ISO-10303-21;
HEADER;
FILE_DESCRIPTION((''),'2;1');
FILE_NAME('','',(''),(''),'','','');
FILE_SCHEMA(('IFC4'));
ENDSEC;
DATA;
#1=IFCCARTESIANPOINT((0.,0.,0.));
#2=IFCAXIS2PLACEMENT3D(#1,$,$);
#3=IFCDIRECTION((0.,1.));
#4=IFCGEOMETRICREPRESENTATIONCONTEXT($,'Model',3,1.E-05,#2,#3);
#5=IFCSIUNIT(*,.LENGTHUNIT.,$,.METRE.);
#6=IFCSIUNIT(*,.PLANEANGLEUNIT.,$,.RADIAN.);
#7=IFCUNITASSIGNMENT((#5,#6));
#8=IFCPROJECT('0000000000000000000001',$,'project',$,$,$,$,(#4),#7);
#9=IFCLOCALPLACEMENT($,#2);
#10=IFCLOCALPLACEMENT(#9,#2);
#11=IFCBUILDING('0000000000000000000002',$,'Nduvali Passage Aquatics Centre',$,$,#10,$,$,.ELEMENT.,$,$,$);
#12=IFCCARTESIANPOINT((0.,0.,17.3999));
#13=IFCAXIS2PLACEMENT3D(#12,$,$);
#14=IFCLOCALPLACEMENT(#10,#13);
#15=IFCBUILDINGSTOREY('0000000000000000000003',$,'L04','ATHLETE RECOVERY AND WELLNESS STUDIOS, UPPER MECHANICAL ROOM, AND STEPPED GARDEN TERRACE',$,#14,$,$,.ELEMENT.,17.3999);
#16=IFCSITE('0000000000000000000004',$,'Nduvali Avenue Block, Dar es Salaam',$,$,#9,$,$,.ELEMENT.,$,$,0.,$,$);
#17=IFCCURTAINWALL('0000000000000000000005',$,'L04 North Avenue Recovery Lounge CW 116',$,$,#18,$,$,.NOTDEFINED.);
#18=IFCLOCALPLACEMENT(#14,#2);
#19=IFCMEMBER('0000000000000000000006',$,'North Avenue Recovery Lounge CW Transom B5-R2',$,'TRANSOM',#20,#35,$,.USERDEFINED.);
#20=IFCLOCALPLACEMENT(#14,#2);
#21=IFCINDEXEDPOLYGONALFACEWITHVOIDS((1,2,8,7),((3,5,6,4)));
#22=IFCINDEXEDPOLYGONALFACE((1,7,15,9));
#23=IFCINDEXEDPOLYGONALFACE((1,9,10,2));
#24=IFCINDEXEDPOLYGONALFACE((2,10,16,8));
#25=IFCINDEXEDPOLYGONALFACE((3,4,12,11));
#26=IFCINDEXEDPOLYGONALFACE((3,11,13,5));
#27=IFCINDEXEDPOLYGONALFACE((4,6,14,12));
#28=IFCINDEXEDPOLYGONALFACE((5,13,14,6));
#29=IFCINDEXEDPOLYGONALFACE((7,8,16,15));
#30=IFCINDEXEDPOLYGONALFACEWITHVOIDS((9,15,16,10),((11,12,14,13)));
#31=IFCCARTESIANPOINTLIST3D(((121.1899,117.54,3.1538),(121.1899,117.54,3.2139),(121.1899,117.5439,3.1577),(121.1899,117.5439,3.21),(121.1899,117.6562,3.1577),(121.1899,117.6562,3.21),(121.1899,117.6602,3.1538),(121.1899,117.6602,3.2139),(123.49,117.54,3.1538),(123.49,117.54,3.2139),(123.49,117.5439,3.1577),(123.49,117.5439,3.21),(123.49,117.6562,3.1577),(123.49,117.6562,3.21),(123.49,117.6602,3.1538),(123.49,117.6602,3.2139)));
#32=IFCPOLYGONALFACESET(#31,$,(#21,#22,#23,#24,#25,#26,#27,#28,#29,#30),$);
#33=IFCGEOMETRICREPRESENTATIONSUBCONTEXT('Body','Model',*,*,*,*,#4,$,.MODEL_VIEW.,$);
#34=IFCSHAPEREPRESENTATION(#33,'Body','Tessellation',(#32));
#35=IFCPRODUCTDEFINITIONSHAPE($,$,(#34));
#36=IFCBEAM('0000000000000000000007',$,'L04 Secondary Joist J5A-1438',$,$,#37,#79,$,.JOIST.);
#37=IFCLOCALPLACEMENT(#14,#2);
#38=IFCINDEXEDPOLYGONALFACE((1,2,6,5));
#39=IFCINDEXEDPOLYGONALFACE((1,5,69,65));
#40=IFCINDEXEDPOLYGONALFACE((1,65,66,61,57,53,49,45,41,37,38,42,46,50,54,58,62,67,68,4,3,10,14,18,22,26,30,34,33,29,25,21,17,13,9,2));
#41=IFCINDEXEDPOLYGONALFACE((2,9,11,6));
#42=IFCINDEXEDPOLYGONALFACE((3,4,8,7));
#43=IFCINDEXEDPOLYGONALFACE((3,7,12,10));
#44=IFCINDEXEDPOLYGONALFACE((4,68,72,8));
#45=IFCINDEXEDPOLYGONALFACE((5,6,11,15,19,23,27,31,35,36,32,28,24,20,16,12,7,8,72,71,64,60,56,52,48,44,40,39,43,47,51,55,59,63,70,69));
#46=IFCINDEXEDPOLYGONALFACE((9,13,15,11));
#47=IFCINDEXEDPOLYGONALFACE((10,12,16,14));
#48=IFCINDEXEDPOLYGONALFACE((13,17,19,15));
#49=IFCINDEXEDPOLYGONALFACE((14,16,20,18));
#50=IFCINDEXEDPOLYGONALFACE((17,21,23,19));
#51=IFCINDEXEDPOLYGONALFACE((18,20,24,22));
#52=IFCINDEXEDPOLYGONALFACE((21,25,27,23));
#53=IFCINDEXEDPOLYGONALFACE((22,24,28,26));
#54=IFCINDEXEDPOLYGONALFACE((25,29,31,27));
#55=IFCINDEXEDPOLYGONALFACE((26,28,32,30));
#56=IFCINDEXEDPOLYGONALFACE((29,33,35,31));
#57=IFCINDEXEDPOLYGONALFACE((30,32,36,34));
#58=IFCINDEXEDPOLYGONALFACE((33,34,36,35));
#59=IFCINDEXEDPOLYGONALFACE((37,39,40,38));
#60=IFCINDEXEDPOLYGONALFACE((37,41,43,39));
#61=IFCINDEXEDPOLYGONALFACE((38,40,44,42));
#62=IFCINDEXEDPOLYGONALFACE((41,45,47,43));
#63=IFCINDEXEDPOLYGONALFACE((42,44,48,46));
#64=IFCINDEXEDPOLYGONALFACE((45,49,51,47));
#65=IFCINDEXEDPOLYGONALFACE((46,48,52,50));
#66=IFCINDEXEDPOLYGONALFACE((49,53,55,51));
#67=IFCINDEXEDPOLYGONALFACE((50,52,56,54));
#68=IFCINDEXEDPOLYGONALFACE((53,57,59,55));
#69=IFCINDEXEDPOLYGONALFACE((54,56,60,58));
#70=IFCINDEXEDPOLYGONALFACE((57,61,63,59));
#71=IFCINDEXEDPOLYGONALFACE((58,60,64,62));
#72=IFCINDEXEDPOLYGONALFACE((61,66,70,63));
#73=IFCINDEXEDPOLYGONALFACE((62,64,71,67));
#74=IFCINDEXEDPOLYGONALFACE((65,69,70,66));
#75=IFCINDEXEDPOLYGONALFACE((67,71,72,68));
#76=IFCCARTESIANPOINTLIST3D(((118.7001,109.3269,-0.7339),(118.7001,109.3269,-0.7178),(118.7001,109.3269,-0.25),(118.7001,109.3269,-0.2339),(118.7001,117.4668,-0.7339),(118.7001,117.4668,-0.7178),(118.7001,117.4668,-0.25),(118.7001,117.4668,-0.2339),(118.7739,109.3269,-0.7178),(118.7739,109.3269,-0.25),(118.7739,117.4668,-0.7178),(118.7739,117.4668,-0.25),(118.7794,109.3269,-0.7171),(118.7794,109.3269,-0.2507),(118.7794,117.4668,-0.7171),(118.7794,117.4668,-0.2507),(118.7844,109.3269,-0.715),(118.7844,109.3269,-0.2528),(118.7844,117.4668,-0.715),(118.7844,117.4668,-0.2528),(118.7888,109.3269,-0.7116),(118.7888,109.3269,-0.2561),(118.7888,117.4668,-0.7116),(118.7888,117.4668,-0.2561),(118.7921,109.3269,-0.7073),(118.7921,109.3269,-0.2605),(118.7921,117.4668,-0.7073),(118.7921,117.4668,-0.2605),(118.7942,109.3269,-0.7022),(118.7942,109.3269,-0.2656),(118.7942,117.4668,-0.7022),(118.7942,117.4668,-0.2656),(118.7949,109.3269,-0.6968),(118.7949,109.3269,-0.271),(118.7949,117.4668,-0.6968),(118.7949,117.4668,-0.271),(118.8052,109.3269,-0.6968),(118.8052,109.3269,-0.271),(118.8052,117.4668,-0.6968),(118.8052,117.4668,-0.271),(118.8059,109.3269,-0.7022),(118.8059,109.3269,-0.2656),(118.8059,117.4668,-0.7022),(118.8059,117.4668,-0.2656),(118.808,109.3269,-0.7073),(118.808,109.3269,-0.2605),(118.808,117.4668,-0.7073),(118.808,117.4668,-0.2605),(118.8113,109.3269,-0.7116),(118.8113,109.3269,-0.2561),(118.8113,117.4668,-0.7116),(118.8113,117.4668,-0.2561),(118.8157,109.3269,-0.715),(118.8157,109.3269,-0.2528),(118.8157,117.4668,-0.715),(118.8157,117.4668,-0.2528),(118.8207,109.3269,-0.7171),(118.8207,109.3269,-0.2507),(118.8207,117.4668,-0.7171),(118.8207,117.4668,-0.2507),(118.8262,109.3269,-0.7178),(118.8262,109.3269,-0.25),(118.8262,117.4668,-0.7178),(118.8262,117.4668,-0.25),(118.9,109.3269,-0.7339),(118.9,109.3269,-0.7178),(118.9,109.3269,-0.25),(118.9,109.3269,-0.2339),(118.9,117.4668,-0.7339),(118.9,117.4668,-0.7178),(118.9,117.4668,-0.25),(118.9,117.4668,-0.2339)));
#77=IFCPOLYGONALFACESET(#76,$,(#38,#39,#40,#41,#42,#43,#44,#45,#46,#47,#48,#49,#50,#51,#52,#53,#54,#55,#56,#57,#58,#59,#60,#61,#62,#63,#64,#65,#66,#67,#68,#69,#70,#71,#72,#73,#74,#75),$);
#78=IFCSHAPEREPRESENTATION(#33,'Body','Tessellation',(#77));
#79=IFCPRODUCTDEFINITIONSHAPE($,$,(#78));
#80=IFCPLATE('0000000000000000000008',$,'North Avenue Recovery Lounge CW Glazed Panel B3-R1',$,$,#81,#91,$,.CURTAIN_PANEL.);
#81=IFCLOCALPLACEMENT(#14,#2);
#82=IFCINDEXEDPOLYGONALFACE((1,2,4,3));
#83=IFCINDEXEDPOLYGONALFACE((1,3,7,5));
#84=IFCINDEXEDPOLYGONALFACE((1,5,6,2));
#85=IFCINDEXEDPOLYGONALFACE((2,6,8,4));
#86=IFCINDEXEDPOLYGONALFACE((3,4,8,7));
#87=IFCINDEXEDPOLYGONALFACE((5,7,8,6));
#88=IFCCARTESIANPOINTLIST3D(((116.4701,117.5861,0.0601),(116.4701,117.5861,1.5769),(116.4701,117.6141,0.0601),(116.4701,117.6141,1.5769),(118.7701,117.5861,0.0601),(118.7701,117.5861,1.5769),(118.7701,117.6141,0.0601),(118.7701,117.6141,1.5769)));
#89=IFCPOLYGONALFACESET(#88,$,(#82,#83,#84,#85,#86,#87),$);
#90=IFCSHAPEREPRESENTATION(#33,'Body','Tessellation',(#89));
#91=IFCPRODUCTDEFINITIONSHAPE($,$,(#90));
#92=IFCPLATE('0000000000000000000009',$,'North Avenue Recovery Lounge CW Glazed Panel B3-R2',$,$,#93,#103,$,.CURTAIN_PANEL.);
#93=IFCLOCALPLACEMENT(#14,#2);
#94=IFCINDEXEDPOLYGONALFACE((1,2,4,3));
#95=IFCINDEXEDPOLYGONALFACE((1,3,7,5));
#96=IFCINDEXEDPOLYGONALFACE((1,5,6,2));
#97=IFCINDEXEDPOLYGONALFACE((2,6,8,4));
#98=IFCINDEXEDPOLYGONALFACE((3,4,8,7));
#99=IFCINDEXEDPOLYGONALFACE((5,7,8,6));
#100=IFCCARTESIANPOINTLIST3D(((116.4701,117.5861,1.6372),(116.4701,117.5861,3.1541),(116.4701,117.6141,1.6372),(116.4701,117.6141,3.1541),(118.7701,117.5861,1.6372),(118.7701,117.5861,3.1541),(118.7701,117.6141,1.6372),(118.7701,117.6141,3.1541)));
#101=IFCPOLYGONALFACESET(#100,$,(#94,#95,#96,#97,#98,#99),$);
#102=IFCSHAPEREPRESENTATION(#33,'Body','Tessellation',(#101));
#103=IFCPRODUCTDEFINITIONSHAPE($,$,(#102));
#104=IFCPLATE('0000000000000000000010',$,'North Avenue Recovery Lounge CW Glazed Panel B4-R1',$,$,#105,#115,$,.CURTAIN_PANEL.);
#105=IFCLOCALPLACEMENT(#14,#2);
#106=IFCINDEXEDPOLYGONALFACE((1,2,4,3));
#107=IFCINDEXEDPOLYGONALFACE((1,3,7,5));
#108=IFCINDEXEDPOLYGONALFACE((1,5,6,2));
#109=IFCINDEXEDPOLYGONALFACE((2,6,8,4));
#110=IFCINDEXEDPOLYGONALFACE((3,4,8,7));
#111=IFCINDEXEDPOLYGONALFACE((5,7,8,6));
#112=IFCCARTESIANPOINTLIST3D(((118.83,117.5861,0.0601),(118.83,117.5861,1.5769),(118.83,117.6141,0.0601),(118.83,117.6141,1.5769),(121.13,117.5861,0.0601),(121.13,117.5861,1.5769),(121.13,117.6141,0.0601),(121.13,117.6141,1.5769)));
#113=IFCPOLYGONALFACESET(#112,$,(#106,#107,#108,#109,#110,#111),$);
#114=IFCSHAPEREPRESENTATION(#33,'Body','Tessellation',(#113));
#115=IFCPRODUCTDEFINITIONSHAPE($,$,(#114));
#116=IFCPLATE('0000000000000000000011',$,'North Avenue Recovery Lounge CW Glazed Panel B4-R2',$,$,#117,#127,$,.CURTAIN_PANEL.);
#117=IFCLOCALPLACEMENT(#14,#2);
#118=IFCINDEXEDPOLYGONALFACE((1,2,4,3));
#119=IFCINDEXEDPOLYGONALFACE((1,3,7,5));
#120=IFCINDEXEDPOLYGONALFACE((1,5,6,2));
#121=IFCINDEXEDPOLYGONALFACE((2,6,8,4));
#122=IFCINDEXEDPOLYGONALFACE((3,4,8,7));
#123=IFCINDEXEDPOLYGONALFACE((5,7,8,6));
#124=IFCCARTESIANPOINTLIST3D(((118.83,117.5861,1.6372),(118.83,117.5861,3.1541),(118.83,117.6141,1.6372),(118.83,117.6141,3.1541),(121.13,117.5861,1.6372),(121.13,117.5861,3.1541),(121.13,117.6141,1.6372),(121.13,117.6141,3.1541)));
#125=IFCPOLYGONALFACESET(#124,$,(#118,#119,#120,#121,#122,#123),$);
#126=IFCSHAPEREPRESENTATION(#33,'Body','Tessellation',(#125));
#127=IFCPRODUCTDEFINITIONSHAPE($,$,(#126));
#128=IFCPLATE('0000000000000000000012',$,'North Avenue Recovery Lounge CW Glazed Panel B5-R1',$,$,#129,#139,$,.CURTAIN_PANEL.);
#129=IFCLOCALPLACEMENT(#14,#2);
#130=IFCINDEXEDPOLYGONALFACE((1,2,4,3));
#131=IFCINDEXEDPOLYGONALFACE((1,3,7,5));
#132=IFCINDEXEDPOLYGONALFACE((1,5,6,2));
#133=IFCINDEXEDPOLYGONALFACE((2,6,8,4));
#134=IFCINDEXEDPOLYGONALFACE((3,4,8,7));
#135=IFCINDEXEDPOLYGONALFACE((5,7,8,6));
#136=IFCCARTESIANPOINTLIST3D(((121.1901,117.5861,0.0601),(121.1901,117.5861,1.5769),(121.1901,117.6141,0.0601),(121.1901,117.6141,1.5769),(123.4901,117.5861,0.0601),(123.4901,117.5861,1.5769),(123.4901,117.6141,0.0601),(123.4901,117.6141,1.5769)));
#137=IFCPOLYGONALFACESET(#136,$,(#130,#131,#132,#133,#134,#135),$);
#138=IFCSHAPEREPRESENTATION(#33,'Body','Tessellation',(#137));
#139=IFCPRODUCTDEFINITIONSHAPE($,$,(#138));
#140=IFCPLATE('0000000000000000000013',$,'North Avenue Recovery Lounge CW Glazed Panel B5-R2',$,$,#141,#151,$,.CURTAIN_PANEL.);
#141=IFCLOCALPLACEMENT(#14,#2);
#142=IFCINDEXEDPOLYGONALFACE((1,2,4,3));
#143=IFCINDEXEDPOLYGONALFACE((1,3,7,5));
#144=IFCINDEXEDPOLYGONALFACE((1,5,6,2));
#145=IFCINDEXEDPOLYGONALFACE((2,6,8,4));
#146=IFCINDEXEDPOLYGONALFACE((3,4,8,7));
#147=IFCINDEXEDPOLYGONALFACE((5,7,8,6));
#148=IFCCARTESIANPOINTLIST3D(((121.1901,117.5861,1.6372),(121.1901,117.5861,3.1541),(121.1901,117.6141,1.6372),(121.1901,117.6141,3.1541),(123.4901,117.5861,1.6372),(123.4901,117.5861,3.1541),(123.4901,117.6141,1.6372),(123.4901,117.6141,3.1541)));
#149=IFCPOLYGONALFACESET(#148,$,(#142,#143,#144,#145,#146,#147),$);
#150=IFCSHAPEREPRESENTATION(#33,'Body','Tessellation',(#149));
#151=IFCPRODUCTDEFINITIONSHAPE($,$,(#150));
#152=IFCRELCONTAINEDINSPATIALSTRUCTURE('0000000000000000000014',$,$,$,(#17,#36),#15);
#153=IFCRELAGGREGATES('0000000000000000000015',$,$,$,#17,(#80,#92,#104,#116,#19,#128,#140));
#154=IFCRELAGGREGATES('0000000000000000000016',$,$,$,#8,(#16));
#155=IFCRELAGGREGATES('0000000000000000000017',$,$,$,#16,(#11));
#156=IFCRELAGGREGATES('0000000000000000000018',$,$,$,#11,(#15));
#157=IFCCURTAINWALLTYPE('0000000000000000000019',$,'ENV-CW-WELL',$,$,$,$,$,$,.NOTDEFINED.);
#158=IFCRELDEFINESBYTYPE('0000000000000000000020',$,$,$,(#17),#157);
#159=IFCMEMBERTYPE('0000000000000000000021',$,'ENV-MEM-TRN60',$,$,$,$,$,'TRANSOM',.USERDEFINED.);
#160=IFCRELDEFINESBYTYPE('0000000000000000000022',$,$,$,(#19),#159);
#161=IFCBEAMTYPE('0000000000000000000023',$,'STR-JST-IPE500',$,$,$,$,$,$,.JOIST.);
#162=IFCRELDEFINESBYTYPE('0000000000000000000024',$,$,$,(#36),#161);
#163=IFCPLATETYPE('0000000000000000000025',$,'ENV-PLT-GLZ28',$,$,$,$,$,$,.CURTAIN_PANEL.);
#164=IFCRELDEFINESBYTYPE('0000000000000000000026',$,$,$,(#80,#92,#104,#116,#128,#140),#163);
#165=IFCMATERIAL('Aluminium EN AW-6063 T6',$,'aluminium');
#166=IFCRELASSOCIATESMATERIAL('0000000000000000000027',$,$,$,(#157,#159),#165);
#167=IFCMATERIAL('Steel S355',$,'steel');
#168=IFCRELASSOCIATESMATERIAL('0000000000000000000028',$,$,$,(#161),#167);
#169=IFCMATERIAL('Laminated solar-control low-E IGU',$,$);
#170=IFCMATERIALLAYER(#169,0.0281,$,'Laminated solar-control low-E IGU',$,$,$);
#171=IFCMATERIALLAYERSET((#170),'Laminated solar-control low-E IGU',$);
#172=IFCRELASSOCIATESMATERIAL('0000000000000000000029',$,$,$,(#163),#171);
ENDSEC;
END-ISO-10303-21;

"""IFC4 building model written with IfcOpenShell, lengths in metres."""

from ifc_helpers import new_model, si_unit, direction, frame, origin, origin_2d, place, context, subcontext, project, spatial, rectangle, hollow_rectangle, i_section, extrude, material, layer, layer_set, material_profile, profile_set, type_object, element, aggregate, save


model = new_model("IFC4")

# Units and contexts
model_context = context("Model", 3, precision=1e-05, world=origin(), true_north=direction((0.0, 1.0)))
body_context = subcontext(model_context, "Body", "Model", "MODEL_VIEW")
ifc_project = project(units=[si_unit("LENGTHUNIT", "METRE"), si_unit("PLANEANGLEUNIT", "RADIAN")], contexts=[model_context])

# Site, building, storey
site_placement = place(None, origin())
site = spatial("IfcSite", under=ifc_project, at=site_placement, Name="Nduvali Avenue Block, Dar es Salaam", CompositionType="ELEMENT", RefElevation=0.0)
building_placement = place(site_placement, origin())
building = spatial("IfcBuilding", under=site, at=building_placement, Name="Nduvali Passage Aquatics Centre", CompositionType="ELEMENT")
storey_placement = place(building_placement, frame((0.0, 0.0, 17.3999)))
storey = spatial("IfcBuildingStorey", under=building, at=storey_placement, Name="L04", Description="ATHLETE RECOVERY AND WELLNESS STUDIOS, UPPER MECHANICAL ROOM, AND STEPPED GARDEN TERRACE", CompositionType="ELEMENT", Elevation=17.3999)

# Curtain wall, member
ifc_material_1 = material(Name="Aluminium EN AW-6063 T6", Category="aluminium")
curtain_wall_type = type_object("IfcCurtainWallType", Name="ENV-CW-WELL", PredefinedType="NOTDEFINED", material=ifc_material_1)
curtain_wall_placement = place(storey_placement, origin())
curtain_wall = element("IfcCurtainWall", 1, at=curtain_wall_placement, inside=storey, type_object=curtain_wall_type, Name="L04 North Avenue Recovery Lounge CW 116", PredefinedType="NOTDEFINED")
ifc_material_profile_1 = material_profile(ifc_material_1, hollow_rectangle(XDim=0.1201, YDim=0.0601, WallThickness=0.0039, at=origin_2d()), Name="ALU TRANSOM 120x60x4")
ifc_profile_set_1 = profile_set([ifc_material_profile_1], Name="Aluminium EN AW-6063 T6")
member_type_1 = type_object("IfcMemberType", Name="ENV-MEM-TRN60", ElementType="TRANSOM", PredefinedType="USERDEFINED", material=ifc_profile_set_1)
member_1_placement = place(storey_placement, frame((121.1899, 117.6001, 3.1838), z_axis=(1.0, 0.0, 0.0), x_axis=(0.0, 1.0, 0.0)))
member_1 = element("IfcMember", 2, at=member_1_placement, type_object=member_type_1, Name="North Avenue Recovery Lounge CW Transom B5-R2", ObjectType="TRANSOM", PredefinedType="USERDEFINED", context=body_context, shape_type="SweptSolid", body=[
    extrude(hollow_rectangle(XDim=0.1201, YDim=0.0601, WallThickness=0.0039, at=origin_2d()), origin(), (0.0, 0.0, 1.0), 2.3),
])

# Beam
ifc_material_2 = material(Name="Steel S355", Category="steel")
ifc_material_profile_2 = material_profile(ifc_material_2, i_section(OverallWidth=0.2, OverallDepth=0.5, WebThickness=0.0103, FlangeThickness=0.0161, FilletRadius=0.021, at=origin_2d()), Name="IPE 500")
ifc_profile_set_2 = profile_set([ifc_material_profile_2], Name="Steel S355")
beam_type = type_object("IfcBeamType", Name="STR-JST-IPE500", PredefinedType="JOIST", material=ifc_profile_set_2)
beam_placement = place(storey_placement, frame((118.8, 109.3269, -0.4839), z_axis=(0.0, 1.0, 0.0), x_axis=(-1.0, 0.0, 0.0)))
element("IfcBeam", 3, at=beam_placement, inside=storey, type_object=beam_type, Name="L04 Secondary Joist J5A-1438", PredefinedType="JOIST", context=body_context, shape_type="SweptSolid", body=[
    extrude(i_section(OverallWidth=0.2, OverallDepth=0.5, WebThickness=0.0103, FlangeThickness=0.0161, FilletRadius=0.021, at=origin_2d()), origin(), (0.0, 0.0, 1.0), 8.1399),
])

# Plates
ifc_material_3 = material(Name="Laminated solar-control low-E IGU")
ifc_layer = layer(ifc_material_3, 0.0281, Name="Laminated solar-control low-E IGU")
ifc_layer_set = layer_set([ifc_layer], Name="Laminated solar-control low-E IGU")
plate_type = type_object("IfcPlateType", Name="ENV-PLT-GLZ28", PredefinedType="CURTAIN_PANEL", material=ifc_layer_set)
plate_1_placement = place(storey_placement, frame((117.6201, 117.6001, 0.0601), z_axis=(0.0, 0.0, 1.0), x_axis=(1.0, 0.0, 0.0)))
plate_1 = element("IfcPlate", 4, at=plate_1_placement, type_object=plate_type, Name="North Avenue Recovery Lounge CW Glazed Panel B3-R1", PredefinedType="CURTAIN_PANEL", context=body_context, shape_type="SweptSolid", body=[
    extrude(rectangle(XDim=2.3, YDim=0.0281, at=origin_2d()), origin(), (0.0, 0.0, 1.0), 1.5168),
])
plate_2_placement = place(storey_placement, frame((117.6201, 117.6001, 1.6372), z_axis=(0.0, 0.0, 1.0), x_axis=(1.0, 0.0, 0.0)))
plate_2 = element("IfcPlate", 5, at=plate_2_placement, type_object=plate_type, Name="North Avenue Recovery Lounge CW Glazed Panel B3-R2", PredefinedType="CURTAIN_PANEL", context=body_context, shape_type="SweptSolid", body=[
    extrude(rectangle(XDim=2.3, YDim=0.0281, at=origin_2d()), origin(), (0.0, 0.0, 1.0), 1.5168),
])
plate_3_placement = place(storey_placement, frame((119.98, 117.6001, 0.0601), z_axis=(0.0, 0.0, 1.0), x_axis=(1.0, 0.0, 0.0)))
plate_3 = element("IfcPlate", 6, at=plate_3_placement, type_object=plate_type, Name="North Avenue Recovery Lounge CW Glazed Panel B4-R1", PredefinedType="CURTAIN_PANEL", context=body_context, shape_type="SweptSolid", body=[
    extrude(rectangle(XDim=2.3, YDim=0.0281, at=origin_2d()), origin(), (0.0, 0.0, 1.0), 1.5168),
])
plate_4_placement = place(storey_placement, frame((119.98, 117.6001, 1.6372), z_axis=(0.0, 0.0, 1.0), x_axis=(1.0, 0.0, 0.0)))
plate_4 = element("IfcPlate", 7, at=plate_4_placement, type_object=plate_type, Name="North Avenue Recovery Lounge CW Glazed Panel B4-R2", PredefinedType="CURTAIN_PANEL", context=body_context, shape_type="SweptSolid", body=[
    extrude(rectangle(XDim=2.3, YDim=0.0281, at=origin_2d()), origin(), (0.0, 0.0, 1.0), 1.5168),
])
plate_5_placement = place(storey_placement, frame((122.3401, 117.6001, 0.0601), z_axis=(0.0, 0.0, 1.0), x_axis=(1.0, 0.0, 0.0)))
plate_5 = element("IfcPlate", 8, at=plate_5_placement, type_object=plate_type, Name="North Avenue Recovery Lounge CW Glazed Panel B5-R1", PredefinedType="CURTAIN_PANEL", context=body_context, shape_type="SweptSolid", body=[
    extrude(rectangle(XDim=2.3, YDim=0.0281, at=origin_2d()), origin(), (0.0, 0.0, 1.0), 1.5168),
])
plate_6_placement = place(storey_placement, frame((122.3401, 117.6001, 1.6372), z_axis=(0.0, 0.0, 1.0), x_axis=(1.0, 0.0, 0.0)))
plate_6 = element("IfcPlate", 9, at=plate_6_placement, type_object=plate_type, Name="North Avenue Recovery Lounge CW Glazed Panel B5-R2", PredefinedType="CURTAIN_PANEL", context=body_context, shape_type="SweptSolid", body=[
    extrude(rectangle(XDim=2.3, YDim=0.0281, at=origin_2d()), origin(), (0.0, 0.0, 1.0), 1.5168),
])
aggregate(curtain_wall, [plate_1, plate_2, plate_3, plate_4, member_1, plate_5, plate_6])

save(model, "model.ifc")
